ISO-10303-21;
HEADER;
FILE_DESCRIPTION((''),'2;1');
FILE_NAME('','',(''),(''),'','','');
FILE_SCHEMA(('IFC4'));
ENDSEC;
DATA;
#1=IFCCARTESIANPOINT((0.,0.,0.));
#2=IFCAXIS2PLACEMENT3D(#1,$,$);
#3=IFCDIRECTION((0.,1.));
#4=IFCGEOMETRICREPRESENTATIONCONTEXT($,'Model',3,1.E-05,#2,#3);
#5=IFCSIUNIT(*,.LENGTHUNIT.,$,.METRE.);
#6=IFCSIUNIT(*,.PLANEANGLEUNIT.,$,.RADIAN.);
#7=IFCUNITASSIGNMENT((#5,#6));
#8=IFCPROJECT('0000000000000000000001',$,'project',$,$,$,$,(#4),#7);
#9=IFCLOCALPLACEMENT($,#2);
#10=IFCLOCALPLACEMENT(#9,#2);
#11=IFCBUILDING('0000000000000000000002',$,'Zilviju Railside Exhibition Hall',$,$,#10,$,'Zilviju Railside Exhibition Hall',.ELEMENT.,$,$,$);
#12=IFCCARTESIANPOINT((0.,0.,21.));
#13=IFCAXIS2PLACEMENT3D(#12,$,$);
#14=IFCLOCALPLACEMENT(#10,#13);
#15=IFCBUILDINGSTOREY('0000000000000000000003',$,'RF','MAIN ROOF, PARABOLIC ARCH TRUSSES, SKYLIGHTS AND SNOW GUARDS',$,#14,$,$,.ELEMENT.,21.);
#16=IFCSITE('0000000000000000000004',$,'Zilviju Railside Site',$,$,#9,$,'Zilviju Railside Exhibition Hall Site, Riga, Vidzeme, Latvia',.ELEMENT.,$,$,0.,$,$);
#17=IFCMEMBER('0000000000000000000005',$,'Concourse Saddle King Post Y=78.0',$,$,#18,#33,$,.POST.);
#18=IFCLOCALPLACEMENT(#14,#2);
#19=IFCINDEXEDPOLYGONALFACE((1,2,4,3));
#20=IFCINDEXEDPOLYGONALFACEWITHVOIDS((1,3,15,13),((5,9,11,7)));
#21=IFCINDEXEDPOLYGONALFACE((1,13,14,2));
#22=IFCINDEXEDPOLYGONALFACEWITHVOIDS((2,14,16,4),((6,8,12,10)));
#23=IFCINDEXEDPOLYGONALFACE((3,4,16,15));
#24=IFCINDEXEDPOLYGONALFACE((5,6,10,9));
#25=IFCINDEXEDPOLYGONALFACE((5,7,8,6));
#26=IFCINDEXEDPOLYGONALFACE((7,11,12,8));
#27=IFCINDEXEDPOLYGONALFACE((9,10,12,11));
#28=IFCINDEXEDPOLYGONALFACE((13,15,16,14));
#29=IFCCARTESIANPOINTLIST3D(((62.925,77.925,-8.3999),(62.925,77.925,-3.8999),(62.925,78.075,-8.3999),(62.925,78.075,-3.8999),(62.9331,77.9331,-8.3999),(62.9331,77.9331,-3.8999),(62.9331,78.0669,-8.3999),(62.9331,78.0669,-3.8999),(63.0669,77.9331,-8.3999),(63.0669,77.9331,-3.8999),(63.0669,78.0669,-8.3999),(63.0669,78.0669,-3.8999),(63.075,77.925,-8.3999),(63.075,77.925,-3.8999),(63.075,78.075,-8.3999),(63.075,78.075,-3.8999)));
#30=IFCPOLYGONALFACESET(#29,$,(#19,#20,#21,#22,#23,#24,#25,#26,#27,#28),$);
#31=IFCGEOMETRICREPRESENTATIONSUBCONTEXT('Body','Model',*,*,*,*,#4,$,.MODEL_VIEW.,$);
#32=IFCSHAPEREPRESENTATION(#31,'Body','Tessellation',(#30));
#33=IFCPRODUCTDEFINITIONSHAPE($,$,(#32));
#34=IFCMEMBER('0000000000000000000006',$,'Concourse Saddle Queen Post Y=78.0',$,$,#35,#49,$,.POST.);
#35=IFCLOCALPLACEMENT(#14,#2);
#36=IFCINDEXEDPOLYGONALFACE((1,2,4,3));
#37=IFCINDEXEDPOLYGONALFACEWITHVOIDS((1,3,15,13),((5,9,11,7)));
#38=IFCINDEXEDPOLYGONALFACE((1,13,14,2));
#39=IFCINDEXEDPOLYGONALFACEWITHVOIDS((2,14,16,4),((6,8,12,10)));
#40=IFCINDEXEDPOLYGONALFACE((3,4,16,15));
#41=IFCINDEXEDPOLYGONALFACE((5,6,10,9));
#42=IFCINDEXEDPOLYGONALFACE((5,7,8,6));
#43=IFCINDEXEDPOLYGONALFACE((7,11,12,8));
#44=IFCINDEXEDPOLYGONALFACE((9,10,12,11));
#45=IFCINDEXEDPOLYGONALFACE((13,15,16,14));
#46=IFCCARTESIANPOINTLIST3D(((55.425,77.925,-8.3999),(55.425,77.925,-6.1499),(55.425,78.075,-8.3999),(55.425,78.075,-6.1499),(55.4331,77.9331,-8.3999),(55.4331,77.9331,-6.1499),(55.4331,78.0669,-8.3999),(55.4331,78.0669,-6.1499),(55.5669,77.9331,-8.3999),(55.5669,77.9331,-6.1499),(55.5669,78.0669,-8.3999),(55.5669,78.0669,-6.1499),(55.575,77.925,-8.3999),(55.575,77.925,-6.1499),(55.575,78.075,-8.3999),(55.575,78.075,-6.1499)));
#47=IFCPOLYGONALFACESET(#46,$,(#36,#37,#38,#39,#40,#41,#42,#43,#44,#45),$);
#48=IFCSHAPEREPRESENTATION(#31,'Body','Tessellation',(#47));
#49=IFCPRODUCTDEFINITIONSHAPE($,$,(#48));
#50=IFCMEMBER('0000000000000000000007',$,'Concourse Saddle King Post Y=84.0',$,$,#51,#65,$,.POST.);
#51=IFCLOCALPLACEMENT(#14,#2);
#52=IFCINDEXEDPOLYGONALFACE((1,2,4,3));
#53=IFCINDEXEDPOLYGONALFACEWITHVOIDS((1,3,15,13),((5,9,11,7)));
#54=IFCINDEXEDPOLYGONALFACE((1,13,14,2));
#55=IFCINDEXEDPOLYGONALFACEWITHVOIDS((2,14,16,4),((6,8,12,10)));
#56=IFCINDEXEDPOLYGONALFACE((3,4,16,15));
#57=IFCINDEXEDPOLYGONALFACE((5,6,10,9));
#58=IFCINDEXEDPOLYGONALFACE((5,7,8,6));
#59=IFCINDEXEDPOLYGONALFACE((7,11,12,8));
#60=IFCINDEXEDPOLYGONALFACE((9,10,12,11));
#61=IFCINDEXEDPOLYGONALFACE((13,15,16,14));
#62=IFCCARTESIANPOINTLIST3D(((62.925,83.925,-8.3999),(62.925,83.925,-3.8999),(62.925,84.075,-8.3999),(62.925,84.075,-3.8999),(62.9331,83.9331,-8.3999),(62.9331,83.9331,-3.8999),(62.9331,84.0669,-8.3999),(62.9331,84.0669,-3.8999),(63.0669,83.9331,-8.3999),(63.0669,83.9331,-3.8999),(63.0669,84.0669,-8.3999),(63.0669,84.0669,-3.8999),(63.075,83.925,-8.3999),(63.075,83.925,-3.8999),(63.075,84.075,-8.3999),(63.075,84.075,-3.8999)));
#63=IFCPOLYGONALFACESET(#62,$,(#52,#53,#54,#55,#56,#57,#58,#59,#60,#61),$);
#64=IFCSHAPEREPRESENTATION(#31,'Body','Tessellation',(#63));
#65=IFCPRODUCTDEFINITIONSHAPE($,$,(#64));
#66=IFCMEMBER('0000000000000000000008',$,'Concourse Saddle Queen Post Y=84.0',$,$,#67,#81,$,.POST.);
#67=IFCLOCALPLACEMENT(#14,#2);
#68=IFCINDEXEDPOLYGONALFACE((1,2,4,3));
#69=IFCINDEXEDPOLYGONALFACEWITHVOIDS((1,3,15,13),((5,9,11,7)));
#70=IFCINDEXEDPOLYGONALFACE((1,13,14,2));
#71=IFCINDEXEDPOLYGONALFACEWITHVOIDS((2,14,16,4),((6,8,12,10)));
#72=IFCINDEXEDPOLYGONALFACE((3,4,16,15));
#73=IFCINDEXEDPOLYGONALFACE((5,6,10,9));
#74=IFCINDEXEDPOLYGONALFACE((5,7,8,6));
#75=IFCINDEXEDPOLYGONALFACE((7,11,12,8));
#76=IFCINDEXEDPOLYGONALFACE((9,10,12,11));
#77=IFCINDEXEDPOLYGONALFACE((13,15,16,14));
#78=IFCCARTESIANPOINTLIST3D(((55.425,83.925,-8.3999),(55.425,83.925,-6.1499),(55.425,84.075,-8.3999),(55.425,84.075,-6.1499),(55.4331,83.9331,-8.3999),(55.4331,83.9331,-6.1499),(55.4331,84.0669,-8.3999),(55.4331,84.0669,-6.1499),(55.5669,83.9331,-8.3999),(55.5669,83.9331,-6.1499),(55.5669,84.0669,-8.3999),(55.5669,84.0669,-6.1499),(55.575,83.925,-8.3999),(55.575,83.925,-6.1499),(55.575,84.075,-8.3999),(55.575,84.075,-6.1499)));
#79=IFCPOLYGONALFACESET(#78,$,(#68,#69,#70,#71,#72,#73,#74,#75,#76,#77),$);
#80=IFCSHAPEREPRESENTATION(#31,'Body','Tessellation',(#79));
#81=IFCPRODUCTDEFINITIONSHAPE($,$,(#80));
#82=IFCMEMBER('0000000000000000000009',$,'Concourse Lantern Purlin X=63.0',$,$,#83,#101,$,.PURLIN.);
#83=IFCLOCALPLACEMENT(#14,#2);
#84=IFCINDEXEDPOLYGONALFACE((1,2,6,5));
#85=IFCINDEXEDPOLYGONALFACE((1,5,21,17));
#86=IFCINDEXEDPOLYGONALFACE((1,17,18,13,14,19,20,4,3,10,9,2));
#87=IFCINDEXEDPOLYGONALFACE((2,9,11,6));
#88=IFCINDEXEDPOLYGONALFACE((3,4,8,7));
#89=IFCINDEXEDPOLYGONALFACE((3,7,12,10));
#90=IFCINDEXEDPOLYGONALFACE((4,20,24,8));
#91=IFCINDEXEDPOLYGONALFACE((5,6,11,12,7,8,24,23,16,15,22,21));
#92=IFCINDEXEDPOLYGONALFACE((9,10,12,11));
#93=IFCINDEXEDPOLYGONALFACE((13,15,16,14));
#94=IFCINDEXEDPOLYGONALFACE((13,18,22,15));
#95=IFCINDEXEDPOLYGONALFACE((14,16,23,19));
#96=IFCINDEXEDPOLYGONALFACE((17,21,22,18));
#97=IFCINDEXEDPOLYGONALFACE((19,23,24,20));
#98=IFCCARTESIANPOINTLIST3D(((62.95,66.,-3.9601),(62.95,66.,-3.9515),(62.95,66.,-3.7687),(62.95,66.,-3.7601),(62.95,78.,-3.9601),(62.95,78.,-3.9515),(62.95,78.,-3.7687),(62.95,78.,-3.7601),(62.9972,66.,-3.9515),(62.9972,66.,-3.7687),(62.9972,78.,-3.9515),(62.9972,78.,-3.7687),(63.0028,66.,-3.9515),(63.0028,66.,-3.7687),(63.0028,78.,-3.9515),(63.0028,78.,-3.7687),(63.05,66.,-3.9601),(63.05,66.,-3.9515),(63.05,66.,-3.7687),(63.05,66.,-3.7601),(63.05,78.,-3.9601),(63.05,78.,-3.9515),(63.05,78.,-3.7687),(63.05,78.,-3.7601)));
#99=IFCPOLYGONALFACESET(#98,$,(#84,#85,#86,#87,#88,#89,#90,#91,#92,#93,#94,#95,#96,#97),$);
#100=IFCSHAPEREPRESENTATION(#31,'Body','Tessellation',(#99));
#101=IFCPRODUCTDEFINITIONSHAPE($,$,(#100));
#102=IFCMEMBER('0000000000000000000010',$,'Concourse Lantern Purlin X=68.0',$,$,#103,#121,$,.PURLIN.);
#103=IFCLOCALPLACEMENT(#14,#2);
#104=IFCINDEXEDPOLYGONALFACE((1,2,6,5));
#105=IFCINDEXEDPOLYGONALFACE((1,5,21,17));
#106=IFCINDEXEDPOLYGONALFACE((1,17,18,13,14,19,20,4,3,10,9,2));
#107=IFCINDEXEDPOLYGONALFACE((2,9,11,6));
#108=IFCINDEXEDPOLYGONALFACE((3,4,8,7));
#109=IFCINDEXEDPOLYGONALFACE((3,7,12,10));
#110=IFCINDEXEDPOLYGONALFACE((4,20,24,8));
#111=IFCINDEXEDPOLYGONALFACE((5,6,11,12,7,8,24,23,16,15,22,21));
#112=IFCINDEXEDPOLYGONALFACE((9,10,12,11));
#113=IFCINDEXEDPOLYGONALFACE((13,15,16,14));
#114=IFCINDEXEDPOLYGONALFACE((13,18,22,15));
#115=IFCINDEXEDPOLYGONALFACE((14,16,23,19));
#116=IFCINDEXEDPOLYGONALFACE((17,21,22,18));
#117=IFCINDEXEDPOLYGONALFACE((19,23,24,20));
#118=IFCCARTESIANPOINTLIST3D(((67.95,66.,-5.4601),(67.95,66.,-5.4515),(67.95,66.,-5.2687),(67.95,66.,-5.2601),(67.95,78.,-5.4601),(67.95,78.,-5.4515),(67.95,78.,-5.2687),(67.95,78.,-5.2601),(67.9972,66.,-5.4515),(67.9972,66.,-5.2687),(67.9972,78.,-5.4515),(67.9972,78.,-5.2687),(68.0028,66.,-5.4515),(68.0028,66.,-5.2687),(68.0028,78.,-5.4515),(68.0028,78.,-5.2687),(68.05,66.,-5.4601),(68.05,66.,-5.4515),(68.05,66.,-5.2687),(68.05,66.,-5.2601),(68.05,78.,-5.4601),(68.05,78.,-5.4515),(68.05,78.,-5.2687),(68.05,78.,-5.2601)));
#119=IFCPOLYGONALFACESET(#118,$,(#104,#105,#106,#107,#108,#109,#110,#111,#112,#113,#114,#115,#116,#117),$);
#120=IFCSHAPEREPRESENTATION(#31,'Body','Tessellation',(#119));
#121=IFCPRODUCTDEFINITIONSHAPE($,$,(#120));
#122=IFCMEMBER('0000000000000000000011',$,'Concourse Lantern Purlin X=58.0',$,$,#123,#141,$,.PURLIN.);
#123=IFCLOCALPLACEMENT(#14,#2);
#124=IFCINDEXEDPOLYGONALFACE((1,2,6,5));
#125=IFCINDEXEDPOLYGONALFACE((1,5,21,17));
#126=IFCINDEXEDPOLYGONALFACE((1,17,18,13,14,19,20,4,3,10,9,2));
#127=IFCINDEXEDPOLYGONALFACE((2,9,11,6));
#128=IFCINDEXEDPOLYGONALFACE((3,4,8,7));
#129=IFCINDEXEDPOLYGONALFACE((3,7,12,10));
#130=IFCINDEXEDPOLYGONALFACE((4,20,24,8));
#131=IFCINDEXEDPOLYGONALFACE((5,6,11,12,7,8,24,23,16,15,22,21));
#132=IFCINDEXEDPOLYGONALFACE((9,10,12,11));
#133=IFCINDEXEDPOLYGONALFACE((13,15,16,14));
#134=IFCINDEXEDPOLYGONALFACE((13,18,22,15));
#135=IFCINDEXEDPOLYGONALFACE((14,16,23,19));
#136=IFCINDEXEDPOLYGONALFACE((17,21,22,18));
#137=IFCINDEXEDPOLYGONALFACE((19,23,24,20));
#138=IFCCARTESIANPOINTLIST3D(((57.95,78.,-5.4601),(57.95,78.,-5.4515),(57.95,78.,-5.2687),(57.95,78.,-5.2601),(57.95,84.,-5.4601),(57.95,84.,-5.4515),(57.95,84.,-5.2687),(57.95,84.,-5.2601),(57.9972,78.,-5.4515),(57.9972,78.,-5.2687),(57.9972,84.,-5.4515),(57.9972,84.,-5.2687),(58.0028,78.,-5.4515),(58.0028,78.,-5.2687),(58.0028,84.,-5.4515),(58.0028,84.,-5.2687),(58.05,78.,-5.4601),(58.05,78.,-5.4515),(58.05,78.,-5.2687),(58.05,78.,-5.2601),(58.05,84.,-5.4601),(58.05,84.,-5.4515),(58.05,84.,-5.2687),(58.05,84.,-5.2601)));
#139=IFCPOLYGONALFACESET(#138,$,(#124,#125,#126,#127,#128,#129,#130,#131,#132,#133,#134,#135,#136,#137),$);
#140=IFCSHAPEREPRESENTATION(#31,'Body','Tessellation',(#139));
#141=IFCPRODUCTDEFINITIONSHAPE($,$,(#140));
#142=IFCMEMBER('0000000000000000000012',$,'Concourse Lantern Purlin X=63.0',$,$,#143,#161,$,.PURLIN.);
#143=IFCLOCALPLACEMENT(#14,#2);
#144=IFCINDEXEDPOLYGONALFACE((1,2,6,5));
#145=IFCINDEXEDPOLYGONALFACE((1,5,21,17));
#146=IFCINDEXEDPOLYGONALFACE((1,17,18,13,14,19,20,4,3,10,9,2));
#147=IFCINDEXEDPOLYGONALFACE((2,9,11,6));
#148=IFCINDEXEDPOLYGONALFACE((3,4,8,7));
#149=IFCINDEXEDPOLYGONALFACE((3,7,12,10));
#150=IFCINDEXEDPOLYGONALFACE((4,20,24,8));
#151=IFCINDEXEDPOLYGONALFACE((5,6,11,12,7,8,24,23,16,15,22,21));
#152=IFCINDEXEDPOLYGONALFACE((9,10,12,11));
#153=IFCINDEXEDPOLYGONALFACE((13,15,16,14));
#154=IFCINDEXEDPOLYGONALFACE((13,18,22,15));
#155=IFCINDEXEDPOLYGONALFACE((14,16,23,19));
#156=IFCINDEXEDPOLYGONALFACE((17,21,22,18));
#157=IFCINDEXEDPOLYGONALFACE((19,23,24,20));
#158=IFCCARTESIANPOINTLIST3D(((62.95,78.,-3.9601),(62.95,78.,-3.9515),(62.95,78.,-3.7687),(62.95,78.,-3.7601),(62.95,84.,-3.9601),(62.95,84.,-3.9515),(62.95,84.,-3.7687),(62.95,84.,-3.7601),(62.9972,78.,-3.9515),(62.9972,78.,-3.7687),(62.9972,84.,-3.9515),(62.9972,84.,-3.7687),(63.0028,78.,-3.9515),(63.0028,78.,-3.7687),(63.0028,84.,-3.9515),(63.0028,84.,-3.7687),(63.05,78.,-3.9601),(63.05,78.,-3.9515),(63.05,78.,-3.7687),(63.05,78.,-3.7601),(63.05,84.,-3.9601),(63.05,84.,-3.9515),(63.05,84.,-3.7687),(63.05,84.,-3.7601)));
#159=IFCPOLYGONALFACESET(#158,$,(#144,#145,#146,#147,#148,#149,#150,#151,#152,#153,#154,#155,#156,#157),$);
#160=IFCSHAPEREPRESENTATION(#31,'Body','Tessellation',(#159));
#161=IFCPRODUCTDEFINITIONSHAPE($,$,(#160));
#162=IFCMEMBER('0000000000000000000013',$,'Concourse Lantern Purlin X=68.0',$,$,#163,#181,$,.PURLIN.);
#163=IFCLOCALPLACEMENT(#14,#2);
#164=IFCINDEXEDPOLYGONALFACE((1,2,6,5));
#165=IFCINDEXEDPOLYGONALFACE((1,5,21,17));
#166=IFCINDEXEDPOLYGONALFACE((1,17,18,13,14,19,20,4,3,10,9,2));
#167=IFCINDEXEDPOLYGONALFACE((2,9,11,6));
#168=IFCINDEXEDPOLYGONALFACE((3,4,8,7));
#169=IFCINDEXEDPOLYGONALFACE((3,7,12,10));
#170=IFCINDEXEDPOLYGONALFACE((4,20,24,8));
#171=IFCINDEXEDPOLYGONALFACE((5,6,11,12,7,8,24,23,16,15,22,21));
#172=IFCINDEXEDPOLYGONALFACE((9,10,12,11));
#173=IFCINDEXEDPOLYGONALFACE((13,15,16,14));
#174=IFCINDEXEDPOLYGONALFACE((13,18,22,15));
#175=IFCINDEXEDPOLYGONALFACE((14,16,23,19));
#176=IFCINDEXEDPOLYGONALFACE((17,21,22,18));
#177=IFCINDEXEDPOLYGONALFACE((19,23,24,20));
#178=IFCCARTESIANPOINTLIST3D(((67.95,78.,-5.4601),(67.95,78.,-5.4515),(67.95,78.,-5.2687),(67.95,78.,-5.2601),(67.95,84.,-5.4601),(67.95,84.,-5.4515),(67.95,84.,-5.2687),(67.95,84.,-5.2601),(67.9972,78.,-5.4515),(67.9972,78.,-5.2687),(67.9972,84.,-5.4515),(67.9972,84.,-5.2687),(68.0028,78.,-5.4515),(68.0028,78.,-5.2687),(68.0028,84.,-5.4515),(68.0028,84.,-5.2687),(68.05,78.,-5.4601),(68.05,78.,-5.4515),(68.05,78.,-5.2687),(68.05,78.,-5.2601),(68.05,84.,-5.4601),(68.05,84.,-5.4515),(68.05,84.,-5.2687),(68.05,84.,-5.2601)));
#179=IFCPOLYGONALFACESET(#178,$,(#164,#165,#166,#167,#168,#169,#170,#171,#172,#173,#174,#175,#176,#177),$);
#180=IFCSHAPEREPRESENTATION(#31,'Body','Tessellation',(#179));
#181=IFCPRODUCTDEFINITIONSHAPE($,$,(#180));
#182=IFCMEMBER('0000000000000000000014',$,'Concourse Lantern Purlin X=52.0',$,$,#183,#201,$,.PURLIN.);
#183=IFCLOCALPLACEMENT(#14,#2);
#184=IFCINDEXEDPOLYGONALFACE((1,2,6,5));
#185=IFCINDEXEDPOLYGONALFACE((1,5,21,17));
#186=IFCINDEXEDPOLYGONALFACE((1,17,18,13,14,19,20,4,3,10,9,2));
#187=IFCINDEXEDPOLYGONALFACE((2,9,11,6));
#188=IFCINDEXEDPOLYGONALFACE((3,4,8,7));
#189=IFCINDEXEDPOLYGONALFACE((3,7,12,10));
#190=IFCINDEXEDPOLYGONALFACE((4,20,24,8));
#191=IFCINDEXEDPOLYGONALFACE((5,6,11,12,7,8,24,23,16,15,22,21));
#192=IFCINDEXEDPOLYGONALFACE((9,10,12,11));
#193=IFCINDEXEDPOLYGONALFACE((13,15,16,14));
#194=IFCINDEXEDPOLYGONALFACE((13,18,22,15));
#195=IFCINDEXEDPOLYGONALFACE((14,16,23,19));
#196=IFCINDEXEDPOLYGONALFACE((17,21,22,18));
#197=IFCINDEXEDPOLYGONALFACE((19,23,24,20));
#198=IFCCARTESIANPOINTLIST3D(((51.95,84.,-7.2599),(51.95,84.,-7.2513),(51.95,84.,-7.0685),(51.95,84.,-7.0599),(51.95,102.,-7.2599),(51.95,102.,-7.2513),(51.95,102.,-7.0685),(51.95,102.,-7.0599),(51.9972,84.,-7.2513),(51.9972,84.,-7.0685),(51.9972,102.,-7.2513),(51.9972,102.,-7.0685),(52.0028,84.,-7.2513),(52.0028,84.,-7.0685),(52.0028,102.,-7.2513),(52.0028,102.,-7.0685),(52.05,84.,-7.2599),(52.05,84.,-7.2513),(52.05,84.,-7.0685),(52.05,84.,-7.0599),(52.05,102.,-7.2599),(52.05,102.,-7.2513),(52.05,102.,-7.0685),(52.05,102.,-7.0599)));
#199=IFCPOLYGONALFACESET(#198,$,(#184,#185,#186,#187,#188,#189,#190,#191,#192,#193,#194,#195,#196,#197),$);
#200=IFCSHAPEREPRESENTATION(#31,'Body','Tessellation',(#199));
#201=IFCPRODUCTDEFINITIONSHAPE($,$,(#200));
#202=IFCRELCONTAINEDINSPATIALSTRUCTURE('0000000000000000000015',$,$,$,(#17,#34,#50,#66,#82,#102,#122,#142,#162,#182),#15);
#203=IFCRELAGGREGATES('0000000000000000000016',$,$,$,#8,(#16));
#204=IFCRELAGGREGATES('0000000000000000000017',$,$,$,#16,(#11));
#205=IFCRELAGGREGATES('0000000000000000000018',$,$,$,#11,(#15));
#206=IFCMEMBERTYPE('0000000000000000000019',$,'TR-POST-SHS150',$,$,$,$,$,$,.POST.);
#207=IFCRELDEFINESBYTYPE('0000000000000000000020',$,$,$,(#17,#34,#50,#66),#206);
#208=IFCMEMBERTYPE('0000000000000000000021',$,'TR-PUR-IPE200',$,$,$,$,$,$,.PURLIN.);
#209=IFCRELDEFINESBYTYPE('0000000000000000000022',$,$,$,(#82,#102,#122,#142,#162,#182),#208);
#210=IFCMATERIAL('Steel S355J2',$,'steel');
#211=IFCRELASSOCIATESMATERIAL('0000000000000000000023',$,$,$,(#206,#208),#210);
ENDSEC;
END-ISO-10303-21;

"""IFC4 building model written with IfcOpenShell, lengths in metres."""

from ifc_helpers import new_model, si_unit, direction, frame, origin, origin_2d, place, context, subcontext, project, spatial, hollow_rectangle, i_section, extrude, material, material_profile, profile_set, type_object, element, save


model = new_model("IFC4")

# Units and contexts
model_context = context("Model", 3, precision=1e-05, world=origin(), true_north=direction((0.0, 1.0)))
body_context = subcontext(model_context, "Body", "Model", "MODEL_VIEW")
ifc_project = project(units=[si_unit("LENGTHUNIT", "METRE"), si_unit("PLANEANGLEUNIT", "RADIAN")], contexts=[model_context])

# Site, building, storey
site_placement = place(None, origin())
site = spatial("IfcSite", under=ifc_project, at=site_placement, Name="Zilviju Railside Site", LongName="Zilviju Railside Exhibition Hall Site, Riga, Vidzeme, Latvia", CompositionType="ELEMENT", RefElevation=0.0)
building_placement = place(site_placement, origin())
building = spatial("IfcBuilding", under=site, at=building_placement, Name="Zilviju Railside Exhibition Hall", LongName="Zilviju Railside Exhibition Hall", CompositionType="ELEMENT")
storey_placement = place(building_placement, frame((0.0, 0.0, 21.0)))
storey = spatial("IfcBuildingStorey", under=building, at=storey_placement, Name="RF", Description="MAIN ROOF, PARABOLIC ARCH TRUSSES, SKYLIGHTS AND SNOW GUARDS", CompositionType="ELEMENT", Elevation=21.0)

# Members
ifc_material_1 = material(Name="Steel S355J2", Category="steel")
ifc_material_profile_1 = material_profile(ifc_material_1, hollow_rectangle(XDim=0.1499, YDim=0.1499, WallThickness=0.0081, at=origin_2d()), Name="SHS 150x150x8.0")
ifc_profile_set_1 = profile_set([ifc_material_profile_1], Name="Steel S355J2")
member_type_1 = type_object("IfcMemberType", Name="TR-POST-SHS150", PredefinedType="POST", material=ifc_profile_set_1)
member_1_placement = place(storey_placement, frame((63.0, 78.0, -8.3999), z_axis=(0.0, 0.0, 1.0), x_axis=(1.0, 0.0, 0.0)))
element("IfcMember", 1, at=member_1_placement, inside=storey, type_object=member_type_1, Name="Concourse Saddle King Post Y=78.0", PredefinedType="POST", context=body_context, shape_type="SweptSolid", body=[
    extrude(hollow_rectangle(XDim=0.1499, YDim=0.1499, WallThickness=0.0081, at=origin_2d()), origin(), (0.0, 0.0, 1.0), 4.5),
])
member_2_placement = place(storey_placement, frame((55.5, 78.0, -8.3999), z_axis=(0.0, 0.0, 1.0), x_axis=(1.0, 0.0, 0.0)))
element("IfcMember", 2, at=member_2_placement, inside=storey, type_object=member_type_1, Name="Concourse Saddle Queen Post Y=78.0", PredefinedType="POST", context=body_context, shape_type="SweptSolid", body=[
    extrude(hollow_rectangle(XDim=0.1499, YDim=0.1499, WallThickness=0.0081, at=origin_2d()), origin(), (0.0, 0.0, 1.0), 2.25),
])
member_3_placement = place(storey_placement, frame((63.0, 84.0, -8.3999), z_axis=(0.0, 0.0, 1.0), x_axis=(1.0, 0.0, 0.0)))
element("IfcMember", 3, at=member_3_placement, inside=storey, type_object=member_type_1, Name="Concourse Saddle King Post Y=84.0", PredefinedType="POST", context=body_context, shape_type="SweptSolid", body=[
    extrude(hollow_rectangle(XDim=0.1499, YDim=0.1499, WallThickness=0.0081, at=origin_2d()), origin(), (0.0, 0.0, 1.0), 4.5),
])
member_4_placement = place(storey_placement, frame((55.5, 84.0, -8.3999), z_axis=(0.0, 0.0, 1.0), x_axis=(1.0, 0.0, 0.0)))
element("IfcMember", 4, at=member_4_placement, inside=storey, type_object=member_type_1, Name="Concourse Saddle Queen Post Y=84.0", PredefinedType="POST", context=body_context, shape_type="SweptSolid", body=[
    extrude(hollow_rectangle(XDim=0.1499, YDim=0.1499, WallThickness=0.0081, at=origin_2d()), origin(), (0.0, 0.0, 1.0), 2.25),
])
ifc_material_profile_2 = material_profile(ifc_material_1, i_section(OverallWidth=0.1001, OverallDepth=0.2, WebThickness=0.0056, FlangeThickness=0.0085, at=origin_2d()), Name="IPE 200")
ifc_profile_set_2 = profile_set([ifc_material_profile_2], Name="Steel S355J2")
member_type_2 = type_object("IfcMemberType", Name="TR-PUR-IPE200", PredefinedType="PURLIN", material=ifc_profile_set_2)
for number, where, z_axis, x_axis, name in (
    (5, (63.0, 66.0, -3.8601), (0.0, 1.0, 0.0), (-1.0, 0.0, 0.0), "Concourse Lantern Purlin X=63.0"),
    (6, (68.0, 66.0, -5.3601), (0.0, 1.0, 0.0), (-1.0, 0.0, 0.0), "Concourse Lantern Purlin X=68.0"),
):
    element("IfcMember", number, at=place(storey_placement, frame(where, z_axis=z_axis, x_axis=x_axis)), inside=storey, type_object=member_type_2, Name=name, PredefinedType="PURLIN", context=body_context, shape_type="SweptSolid", body=[
        extrude(i_section(OverallWidth=0.1001, OverallDepth=0.2, WebThickness=0.0056, FlangeThickness=0.0085, at=origin_2d()), origin(), (0.0, 0.0, 1.0), 12.0),
    ])
for number, where, z_axis, x_axis, name in (
    (7, (58.0, 78.0, -5.3601), (0.0, 1.0, 0.0), (-1.0, 0.0, 0.0), "Concourse Lantern Purlin X=58.0"),
    (8, (63.0, 78.0, -3.8601), (0.0, 1.0, 0.0), (-1.0, 0.0, 0.0), "Concourse Lantern Purlin X=63.0"),
    (9, (68.0, 78.0, -5.3601), (0.0, 1.0, 0.0), (-1.0, 0.0, 0.0), "Concourse Lantern Purlin X=68.0"),
):
    element("IfcMember", number, at=place(storey_placement, frame(where, z_axis=z_axis, x_axis=x_axis)), inside=storey, type_object=member_type_2, Name=name, PredefinedType="PURLIN", context=body_context, shape_type="SweptSolid", body=[
        extrude(i_section(OverallWidth=0.1001, OverallDepth=0.2, WebThickness=0.0056, FlangeThickness=0.0085, at=origin_2d()), origin(), (0.0, 0.0, 1.0), 6.0),
    ])
for number, where, z_axis, x_axis, name in (
    (10, (52.0, 84.0, -7.1599), (0.0, 1.0, 0.0), (-1.0, 0.0, 0.0), "Concourse Lantern Purlin X=52.0"),
):
    element("IfcMember", number, at=place(storey_placement, frame(where, z_axis=z_axis, x_axis=x_axis)), inside=storey, type_object=member_type_2, Name=name, PredefinedType="PURLIN", context=body_context, shape_type="SweptSolid", body=[
        extrude(i_section(OverallWidth=0.1001, OverallDepth=0.2, WebThickness=0.0056, FlangeThickness=0.0085, at=origin_2d()), origin(), (0.0, 0.0, 1.0), 18.0),
    ])

save(model, "model.ifc")
